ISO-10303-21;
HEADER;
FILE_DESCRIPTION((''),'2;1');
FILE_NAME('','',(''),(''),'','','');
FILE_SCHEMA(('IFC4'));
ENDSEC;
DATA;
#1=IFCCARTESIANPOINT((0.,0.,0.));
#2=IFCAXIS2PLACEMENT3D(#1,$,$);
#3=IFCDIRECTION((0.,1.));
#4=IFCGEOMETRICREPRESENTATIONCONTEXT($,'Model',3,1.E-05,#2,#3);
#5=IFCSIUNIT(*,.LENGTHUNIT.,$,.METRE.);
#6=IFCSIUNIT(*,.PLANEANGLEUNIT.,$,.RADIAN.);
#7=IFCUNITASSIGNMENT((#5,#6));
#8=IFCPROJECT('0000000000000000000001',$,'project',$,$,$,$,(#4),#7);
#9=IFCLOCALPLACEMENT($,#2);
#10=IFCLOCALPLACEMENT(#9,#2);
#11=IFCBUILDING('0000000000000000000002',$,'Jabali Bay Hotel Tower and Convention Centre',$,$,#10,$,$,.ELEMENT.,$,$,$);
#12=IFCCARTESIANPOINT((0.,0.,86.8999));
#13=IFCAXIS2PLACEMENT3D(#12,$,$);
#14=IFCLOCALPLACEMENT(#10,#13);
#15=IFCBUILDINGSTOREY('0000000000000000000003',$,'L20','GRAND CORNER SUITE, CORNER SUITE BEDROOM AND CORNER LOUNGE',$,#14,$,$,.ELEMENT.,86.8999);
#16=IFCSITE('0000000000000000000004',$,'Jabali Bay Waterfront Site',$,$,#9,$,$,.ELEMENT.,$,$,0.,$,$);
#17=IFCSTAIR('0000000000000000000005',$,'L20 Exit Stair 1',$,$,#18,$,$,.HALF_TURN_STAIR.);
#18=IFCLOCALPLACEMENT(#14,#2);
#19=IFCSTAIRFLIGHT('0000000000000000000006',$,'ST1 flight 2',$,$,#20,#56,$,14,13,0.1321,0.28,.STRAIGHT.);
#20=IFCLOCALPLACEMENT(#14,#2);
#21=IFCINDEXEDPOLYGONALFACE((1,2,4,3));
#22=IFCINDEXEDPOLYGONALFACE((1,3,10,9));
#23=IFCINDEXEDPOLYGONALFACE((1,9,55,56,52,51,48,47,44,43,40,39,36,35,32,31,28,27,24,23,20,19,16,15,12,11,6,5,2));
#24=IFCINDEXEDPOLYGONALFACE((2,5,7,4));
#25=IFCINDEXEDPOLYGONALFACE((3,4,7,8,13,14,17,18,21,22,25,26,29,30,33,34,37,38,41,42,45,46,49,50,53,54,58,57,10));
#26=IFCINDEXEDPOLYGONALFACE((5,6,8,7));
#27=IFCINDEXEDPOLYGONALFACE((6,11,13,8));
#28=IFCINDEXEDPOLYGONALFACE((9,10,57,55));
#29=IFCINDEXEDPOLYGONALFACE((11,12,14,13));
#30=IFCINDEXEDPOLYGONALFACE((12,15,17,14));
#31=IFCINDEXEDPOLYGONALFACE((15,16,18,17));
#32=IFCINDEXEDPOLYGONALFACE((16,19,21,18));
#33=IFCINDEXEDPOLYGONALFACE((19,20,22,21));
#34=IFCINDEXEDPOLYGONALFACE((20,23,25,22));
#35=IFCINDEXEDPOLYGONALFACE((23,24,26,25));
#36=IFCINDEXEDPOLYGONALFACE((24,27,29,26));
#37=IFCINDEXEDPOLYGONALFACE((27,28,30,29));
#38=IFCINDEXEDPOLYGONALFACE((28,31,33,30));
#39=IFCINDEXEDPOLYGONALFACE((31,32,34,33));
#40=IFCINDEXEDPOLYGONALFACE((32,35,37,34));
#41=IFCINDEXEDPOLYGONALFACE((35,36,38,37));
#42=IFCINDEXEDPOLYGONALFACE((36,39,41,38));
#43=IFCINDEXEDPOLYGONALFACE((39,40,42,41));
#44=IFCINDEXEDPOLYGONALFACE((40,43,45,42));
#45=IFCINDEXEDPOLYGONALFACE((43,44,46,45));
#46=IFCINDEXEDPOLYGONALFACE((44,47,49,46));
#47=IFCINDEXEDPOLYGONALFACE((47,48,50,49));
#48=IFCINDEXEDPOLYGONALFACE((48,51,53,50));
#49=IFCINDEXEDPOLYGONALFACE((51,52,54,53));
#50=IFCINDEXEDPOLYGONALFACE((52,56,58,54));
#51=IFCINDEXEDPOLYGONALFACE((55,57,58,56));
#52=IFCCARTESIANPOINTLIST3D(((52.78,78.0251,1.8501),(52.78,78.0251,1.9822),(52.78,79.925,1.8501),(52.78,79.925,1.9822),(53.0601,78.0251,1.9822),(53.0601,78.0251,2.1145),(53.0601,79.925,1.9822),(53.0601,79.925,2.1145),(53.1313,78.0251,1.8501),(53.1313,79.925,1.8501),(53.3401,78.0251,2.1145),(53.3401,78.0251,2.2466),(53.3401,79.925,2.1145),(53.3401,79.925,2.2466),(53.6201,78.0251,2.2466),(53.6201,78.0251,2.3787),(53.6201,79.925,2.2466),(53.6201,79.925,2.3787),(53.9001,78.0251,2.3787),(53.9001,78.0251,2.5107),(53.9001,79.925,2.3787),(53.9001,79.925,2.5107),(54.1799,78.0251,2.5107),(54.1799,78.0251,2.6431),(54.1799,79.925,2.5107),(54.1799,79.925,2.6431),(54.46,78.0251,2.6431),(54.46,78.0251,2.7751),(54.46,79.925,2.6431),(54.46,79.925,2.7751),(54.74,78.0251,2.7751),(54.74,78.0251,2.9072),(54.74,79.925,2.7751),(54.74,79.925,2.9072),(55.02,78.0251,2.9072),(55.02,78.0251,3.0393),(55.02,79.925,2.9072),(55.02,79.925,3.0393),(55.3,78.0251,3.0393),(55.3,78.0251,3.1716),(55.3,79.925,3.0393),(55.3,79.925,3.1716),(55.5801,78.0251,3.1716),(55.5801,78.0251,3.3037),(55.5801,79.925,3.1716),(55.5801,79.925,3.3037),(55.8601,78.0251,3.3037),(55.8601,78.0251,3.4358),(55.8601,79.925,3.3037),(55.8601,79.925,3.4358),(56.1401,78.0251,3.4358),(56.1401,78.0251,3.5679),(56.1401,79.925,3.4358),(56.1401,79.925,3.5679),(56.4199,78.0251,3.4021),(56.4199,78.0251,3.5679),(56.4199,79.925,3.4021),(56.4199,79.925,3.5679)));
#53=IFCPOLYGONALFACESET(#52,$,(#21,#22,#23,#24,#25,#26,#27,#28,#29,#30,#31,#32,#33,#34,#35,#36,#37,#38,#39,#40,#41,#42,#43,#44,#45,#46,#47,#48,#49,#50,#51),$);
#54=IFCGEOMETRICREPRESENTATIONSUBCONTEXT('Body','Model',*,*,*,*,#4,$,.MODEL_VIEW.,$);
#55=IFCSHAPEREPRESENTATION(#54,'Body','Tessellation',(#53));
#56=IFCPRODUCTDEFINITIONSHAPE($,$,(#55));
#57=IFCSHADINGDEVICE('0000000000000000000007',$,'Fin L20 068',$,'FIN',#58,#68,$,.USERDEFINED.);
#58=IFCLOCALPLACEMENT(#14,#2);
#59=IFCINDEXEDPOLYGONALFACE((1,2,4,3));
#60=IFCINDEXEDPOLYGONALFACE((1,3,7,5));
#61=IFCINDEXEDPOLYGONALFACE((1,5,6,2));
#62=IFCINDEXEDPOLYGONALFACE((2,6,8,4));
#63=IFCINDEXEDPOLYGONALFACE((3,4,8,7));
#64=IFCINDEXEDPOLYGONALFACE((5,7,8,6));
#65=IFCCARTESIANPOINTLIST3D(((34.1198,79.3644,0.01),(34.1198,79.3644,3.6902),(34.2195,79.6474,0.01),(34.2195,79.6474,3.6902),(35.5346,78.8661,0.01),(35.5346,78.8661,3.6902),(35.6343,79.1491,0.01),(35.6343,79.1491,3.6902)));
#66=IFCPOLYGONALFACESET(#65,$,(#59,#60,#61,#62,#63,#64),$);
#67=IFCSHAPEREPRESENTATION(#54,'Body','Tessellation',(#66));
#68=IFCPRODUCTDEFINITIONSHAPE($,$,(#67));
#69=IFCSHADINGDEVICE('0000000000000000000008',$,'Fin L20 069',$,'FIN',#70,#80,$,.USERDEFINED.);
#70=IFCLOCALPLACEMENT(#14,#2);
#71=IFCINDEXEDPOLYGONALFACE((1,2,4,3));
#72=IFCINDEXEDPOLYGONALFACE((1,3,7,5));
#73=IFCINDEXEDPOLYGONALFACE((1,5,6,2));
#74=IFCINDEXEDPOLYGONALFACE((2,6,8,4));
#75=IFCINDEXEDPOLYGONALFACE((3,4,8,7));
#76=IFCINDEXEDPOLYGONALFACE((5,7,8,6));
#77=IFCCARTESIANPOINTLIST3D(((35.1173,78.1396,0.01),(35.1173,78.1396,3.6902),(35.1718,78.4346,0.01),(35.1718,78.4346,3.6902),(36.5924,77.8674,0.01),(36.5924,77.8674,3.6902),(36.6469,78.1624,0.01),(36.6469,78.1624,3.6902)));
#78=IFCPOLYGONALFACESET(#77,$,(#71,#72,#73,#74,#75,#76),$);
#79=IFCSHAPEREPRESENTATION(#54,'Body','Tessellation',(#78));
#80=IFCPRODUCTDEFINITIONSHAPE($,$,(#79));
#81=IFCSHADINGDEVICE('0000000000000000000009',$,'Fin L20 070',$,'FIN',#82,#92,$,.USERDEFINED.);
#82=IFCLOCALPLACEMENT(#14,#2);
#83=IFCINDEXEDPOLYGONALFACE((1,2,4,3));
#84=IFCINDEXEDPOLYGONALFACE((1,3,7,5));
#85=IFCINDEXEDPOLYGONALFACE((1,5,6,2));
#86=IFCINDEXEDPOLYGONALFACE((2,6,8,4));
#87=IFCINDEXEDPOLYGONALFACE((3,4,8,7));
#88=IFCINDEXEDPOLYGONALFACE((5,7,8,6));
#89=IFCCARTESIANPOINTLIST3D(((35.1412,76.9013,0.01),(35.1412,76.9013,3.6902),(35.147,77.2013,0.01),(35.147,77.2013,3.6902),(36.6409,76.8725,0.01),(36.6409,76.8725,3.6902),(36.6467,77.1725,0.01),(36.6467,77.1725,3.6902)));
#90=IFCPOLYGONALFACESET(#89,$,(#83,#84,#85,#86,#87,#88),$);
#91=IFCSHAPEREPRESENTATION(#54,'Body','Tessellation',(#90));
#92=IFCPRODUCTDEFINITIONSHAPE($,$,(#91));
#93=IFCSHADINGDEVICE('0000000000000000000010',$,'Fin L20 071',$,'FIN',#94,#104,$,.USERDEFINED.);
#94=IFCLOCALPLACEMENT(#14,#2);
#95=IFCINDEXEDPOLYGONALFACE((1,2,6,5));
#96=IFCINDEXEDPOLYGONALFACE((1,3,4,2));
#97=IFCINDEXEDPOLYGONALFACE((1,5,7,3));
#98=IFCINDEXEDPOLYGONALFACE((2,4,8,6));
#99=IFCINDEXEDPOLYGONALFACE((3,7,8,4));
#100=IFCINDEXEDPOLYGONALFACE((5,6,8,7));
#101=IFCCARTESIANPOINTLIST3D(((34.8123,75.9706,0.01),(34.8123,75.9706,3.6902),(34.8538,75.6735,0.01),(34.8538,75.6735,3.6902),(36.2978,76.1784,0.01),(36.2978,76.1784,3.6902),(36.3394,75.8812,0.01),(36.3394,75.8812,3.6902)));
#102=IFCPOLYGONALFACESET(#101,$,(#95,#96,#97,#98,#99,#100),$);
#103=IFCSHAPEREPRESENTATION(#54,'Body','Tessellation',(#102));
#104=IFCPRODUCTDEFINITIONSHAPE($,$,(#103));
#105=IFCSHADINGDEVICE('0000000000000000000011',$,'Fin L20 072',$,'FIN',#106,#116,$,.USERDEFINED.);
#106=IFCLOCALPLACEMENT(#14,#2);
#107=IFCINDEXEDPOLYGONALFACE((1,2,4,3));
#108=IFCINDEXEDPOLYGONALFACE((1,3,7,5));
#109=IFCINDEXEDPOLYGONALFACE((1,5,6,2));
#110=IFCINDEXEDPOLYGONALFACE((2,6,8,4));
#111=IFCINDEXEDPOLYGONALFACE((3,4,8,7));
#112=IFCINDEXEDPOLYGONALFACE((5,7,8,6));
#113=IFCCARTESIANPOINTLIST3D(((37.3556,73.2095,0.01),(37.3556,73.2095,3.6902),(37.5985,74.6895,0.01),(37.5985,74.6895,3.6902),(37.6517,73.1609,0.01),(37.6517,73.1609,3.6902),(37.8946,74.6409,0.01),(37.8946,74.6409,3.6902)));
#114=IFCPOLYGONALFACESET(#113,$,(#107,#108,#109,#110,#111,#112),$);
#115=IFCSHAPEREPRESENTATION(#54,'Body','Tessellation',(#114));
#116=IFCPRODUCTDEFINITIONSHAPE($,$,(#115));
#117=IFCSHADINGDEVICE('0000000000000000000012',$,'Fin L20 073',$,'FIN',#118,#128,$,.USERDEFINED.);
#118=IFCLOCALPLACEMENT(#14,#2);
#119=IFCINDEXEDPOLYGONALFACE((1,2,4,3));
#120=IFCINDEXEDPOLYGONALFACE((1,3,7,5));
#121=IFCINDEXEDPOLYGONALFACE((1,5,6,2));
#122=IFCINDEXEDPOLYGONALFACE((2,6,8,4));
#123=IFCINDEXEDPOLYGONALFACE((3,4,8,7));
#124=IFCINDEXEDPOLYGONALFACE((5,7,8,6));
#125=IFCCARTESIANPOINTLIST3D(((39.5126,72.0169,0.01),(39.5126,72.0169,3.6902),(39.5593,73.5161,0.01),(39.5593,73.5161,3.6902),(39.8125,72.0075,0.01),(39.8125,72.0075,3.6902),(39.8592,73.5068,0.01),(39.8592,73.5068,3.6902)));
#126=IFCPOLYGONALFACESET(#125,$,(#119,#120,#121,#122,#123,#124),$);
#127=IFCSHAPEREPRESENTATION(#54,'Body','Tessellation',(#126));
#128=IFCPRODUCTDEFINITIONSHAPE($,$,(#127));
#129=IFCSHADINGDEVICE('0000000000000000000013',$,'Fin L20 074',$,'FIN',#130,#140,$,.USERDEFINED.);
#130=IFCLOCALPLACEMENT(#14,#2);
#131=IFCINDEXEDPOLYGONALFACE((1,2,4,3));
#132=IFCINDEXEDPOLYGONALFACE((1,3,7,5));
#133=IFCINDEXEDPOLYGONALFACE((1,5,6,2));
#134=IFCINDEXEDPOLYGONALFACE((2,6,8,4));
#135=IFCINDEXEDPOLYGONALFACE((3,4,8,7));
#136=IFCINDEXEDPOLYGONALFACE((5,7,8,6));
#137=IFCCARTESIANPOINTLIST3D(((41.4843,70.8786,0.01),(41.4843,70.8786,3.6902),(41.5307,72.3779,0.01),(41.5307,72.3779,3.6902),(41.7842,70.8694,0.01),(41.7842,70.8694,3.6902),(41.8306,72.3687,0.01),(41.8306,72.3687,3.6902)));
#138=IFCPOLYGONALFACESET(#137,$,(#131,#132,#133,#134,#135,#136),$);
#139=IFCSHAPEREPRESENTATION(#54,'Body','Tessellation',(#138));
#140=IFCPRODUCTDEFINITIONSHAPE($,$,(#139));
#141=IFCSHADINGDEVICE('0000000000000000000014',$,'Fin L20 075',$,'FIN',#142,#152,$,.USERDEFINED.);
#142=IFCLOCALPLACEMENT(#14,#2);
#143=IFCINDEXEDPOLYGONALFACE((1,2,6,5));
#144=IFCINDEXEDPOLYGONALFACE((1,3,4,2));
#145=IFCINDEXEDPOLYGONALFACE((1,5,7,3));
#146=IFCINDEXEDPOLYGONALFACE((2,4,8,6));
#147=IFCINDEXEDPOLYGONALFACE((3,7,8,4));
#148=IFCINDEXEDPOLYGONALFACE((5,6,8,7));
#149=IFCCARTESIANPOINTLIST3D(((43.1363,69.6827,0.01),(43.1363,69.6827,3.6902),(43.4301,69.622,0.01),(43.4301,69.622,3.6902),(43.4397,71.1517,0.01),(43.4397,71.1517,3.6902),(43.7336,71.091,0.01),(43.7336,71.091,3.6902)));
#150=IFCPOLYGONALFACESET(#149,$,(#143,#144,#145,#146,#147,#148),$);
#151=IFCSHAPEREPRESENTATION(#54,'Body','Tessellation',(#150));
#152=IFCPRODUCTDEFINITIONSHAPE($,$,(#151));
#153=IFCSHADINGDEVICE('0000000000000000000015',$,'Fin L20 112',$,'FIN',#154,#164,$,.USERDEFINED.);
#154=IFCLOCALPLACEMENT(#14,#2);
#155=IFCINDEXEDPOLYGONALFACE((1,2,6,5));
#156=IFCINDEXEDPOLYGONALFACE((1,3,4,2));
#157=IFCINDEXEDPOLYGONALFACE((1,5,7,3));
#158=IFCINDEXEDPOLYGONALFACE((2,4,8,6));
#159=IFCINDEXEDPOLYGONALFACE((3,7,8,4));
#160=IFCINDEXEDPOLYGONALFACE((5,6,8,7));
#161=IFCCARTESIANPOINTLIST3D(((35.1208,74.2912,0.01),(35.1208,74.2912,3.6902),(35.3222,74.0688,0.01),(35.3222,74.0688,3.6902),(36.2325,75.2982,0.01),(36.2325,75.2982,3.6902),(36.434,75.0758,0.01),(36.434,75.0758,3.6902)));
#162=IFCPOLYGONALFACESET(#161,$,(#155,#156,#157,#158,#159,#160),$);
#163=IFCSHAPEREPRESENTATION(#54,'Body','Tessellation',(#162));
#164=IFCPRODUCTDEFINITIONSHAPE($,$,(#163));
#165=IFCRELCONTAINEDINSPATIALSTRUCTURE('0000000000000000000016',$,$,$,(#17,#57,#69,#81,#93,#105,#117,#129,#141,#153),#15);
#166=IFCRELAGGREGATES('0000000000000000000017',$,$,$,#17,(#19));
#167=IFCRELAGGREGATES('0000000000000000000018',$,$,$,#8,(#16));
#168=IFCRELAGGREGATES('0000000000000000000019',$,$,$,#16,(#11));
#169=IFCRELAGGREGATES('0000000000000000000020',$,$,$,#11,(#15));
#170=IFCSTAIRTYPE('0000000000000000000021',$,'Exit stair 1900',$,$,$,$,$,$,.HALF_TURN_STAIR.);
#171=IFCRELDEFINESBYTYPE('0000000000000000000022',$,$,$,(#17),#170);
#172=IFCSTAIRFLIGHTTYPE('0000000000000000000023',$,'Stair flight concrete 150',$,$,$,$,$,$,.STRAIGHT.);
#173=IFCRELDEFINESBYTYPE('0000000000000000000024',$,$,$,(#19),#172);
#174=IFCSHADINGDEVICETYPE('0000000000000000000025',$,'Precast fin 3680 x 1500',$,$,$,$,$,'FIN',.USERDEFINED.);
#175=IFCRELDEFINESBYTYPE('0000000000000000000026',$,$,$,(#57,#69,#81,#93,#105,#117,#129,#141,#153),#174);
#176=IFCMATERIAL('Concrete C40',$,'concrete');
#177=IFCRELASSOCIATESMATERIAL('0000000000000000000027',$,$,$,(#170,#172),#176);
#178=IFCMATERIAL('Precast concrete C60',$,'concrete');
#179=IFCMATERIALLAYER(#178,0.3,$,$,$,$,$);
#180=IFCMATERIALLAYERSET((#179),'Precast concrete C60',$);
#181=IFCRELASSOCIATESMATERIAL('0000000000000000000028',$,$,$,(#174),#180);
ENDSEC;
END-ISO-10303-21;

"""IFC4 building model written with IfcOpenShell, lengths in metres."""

from ifc_helpers import new_model, si_unit, direction, frame, frame_2d, origin, place, context, subcontext, project, spatial, polyline, rectangle, outline, extrude, material, layer, layer_set, type_object, element, aggregate, save


model = new_model("IFC4")

# Units and contexts
model_context = context("Model", 3, precision=1e-05, world=origin(), true_north=direction((0.0, 1.0)))
body_context = subcontext(model_context, "Body", "Model", "MODEL_VIEW")
ifc_project = project(units=[si_unit("LENGTHUNIT", "METRE"), si_unit("PLANEANGLEUNIT", "RADIAN")], contexts=[model_context])

# Site, building, storey
site_placement = place(None, origin())
site = spatial("IfcSite", under=ifc_project, at=site_placement, Name="Jabali Bay Waterfront Site", CompositionType="ELEMENT", RefElevation=0.0)
building_placement = place(site_placement, origin())
building = spatial("IfcBuilding", under=site, at=building_placement, Name="Jabali Bay Hotel Tower and Convention Centre", CompositionType="ELEMENT")
storey_placement = place(building_placement, frame((0.0, 0.0, 86.8999)))
storey = spatial("IfcBuildingStorey", under=building, at=storey_placement, Name="L20", Description="GRAND CORNER SUITE, CORNER SUITE BEDROOM AND CORNER LOUNGE", CompositionType="ELEMENT", Elevation=86.8999)

# Shared definitions
ifc_material_1 = material(Name="Concrete C40", Category="concrete")

# Stair, stair flight
stair_type = type_object("IfcStairType", Name="Exit stair 1900", PredefinedType="HALF_TURN_STAIR", material=ifc_material_1)
stair_placement = place(storey_placement, origin())
stair = element("IfcStair", 1, at=stair_placement, inside=storey, type_object=stair_type, Name="L20 Exit Stair 1", PredefinedType="HALF_TURN_STAIR")
stair_flight_type = type_object("IfcStairFlightType", Name="Stair flight concrete 150", PredefinedType="STRAIGHT", material=ifc_material_1)
stair_flight_placement = place(storey_placement, frame((52.78, 78.9751, 1.8501), z_axis=(0.0, 0.0, 1.0), x_axis=(1.0, 0.0, 0.0)))
stair_flight = element("IfcStairFlight", 2, at=stair_flight_placement, type_object=stair_flight_type, Name="ST1 flight 2", NumberOfRisers=14, NumberOfTreads=13, PredefinedType="STRAIGHT", RiserHeight=0.1321, TreadLength=0.28, context=body_context, shape_type="SweptSolid", body=[
    extrude(outline(polyline([(0.0, 0.0), (0.0, 0.1321), (0.28, 0.1321), (0.28, 0.2644), (0.5601, 0.2644), (0.5601, 0.3965), (0.8401, 0.3965), (0.8401, 0.5286), (1.1201, 0.5286), (1.1201, 0.6606), (1.3999, 0.6606), (1.3999, 0.793), (1.6799, 0.793), (1.6799, 0.925), (1.96, 0.925), (1.96, 1.0571), (2.24, 1.0571), (2.24, 1.1892), (2.52, 1.1892), (2.52, 1.3215), (2.8, 1.3215), (2.8, 1.4536), (3.0801, 1.4536), (3.0801, 1.5857), (3.3601, 1.5857), (3.3601, 1.7178), (3.6399, 1.7178), (3.6399, 1.8501), (3.6399, 1.552), (0.3513, 0.0), (0.0, 0.0)])), frame((0.0, 0.95, 0.0), z_axis=(0.0, -1.0, 0.0), x_axis=(1.0, 0.0, 0.0)), (0.0, 0.0, 1.0), 1.8999),
])
aggregate(stair, [stair_flight])

# Shading devices
ifc_material_2 = material(Name="Precast concrete C60", Category="concrete")
ifc_layer_1 = layer(ifc_material_2, 0.3)
ifc_layer_set_1 = layer_set([ifc_layer_1], Name="Precast concrete C60")
shading_device_type = type_object("IfcShadingDeviceType", Name="Precast fin 3680 x 1500", ElementType="FIN", PredefinedType="USERDEFINED", material=ifc_layer_set_1)
for number, where, z_axis, x_axis, name in (
    (3, (35.5845, 79.0076, 0.01), (0.0, 0.0, 1.0), (-0.943209, 0.332199, 0.0), "Fin L20 068"),
    (4, (36.6196, 78.0149, 0.01), (0.0, 0.0, 1.0), (-0.983395, 0.181477, 0.0), "Fin L20 069"),
    (5, (36.6438, 77.0225, 0.01), (0.0, 0.0, 1.0), (-0.999816, 0.019205, 0.0), "Fin L20 070"),
    (6, (36.3186, 76.0298, 0.01), (0.0, 0.0, 1.0), (-0.990362, -0.138504, 0.0), "Fin L20 071"),
):
    element("IfcShadingDevice", number, at=place(storey_placement, frame(where, z_axis=z_axis, x_axis=x_axis)), inside=storey, type_object=shading_device_type, Name=name, ObjectType="FIN", PredefinedType="USERDEFINED", context=body_context, shape_type="SweptSolid", body=[
        extrude(rectangle(XDim=1.5, YDim=0.3, at=frame_2d((0.75, 0.0))), origin(), (0.0, 0.0, 1.0), 3.6802),
    ])
shading_device_placement = place(storey_placement, frame((37.7466, 74.6653, 0.01), z_axis=(0.0, 0.0, 1.0), x_axis=(-0.16197, -0.986796, 0.0)))
element("IfcShadingDevice", 7, at=shading_device_placement, inside=storey, type_object=shading_device_type, Name="Fin L20 072", ObjectType="FIN", PredefinedType="USERDEFINED", context=body_context, shape_type="SweptSolid", body=[
    extrude(rectangle(XDim=1.4998, YDim=0.3, at=frame_2d((0.75, 0.0))), origin(), (0.0, 0.0, 1.0), 3.6802),
])
for number, where, z_axis, x_axis, name in (
    (8, (39.7092, 73.5115, 0.01), (0.0, 0.0, 1.0), (-0.031087, -0.999517, 0.0), "Fin L20 073"),
    (9, (41.6807, 72.3733, 0.01), (0.0, 0.0, 1.0), (-0.030925, -0.999522, 0.0), "Fin L20 074"),
    (10, (43.5867, 71.1213, 0.01), (0.0, 0.0, 1.0), (-0.20231, -0.979322, 0.0), "Fin L20 075"),
    (11, (36.3333, 75.187, 0.01), (0.0, 0.0, 1.0), (-0.741154, -0.671335, 0.0), "Fin L20 112"),
):
    element("IfcShadingDevice", number, at=place(storey_placement, frame(where, z_axis=z_axis, x_axis=x_axis)), inside=storey, type_object=shading_device_type, Name=name, ObjectType="FIN", PredefinedType="USERDEFINED", context=body_context, shape_type="SweptSolid", body=[
        extrude(rectangle(XDim=1.5, YDim=0.3, at=frame_2d((0.75, 0.0))), origin(), (0.0, 0.0, 1.0), 3.6802),
    ])

save(model, "model.ifc")
